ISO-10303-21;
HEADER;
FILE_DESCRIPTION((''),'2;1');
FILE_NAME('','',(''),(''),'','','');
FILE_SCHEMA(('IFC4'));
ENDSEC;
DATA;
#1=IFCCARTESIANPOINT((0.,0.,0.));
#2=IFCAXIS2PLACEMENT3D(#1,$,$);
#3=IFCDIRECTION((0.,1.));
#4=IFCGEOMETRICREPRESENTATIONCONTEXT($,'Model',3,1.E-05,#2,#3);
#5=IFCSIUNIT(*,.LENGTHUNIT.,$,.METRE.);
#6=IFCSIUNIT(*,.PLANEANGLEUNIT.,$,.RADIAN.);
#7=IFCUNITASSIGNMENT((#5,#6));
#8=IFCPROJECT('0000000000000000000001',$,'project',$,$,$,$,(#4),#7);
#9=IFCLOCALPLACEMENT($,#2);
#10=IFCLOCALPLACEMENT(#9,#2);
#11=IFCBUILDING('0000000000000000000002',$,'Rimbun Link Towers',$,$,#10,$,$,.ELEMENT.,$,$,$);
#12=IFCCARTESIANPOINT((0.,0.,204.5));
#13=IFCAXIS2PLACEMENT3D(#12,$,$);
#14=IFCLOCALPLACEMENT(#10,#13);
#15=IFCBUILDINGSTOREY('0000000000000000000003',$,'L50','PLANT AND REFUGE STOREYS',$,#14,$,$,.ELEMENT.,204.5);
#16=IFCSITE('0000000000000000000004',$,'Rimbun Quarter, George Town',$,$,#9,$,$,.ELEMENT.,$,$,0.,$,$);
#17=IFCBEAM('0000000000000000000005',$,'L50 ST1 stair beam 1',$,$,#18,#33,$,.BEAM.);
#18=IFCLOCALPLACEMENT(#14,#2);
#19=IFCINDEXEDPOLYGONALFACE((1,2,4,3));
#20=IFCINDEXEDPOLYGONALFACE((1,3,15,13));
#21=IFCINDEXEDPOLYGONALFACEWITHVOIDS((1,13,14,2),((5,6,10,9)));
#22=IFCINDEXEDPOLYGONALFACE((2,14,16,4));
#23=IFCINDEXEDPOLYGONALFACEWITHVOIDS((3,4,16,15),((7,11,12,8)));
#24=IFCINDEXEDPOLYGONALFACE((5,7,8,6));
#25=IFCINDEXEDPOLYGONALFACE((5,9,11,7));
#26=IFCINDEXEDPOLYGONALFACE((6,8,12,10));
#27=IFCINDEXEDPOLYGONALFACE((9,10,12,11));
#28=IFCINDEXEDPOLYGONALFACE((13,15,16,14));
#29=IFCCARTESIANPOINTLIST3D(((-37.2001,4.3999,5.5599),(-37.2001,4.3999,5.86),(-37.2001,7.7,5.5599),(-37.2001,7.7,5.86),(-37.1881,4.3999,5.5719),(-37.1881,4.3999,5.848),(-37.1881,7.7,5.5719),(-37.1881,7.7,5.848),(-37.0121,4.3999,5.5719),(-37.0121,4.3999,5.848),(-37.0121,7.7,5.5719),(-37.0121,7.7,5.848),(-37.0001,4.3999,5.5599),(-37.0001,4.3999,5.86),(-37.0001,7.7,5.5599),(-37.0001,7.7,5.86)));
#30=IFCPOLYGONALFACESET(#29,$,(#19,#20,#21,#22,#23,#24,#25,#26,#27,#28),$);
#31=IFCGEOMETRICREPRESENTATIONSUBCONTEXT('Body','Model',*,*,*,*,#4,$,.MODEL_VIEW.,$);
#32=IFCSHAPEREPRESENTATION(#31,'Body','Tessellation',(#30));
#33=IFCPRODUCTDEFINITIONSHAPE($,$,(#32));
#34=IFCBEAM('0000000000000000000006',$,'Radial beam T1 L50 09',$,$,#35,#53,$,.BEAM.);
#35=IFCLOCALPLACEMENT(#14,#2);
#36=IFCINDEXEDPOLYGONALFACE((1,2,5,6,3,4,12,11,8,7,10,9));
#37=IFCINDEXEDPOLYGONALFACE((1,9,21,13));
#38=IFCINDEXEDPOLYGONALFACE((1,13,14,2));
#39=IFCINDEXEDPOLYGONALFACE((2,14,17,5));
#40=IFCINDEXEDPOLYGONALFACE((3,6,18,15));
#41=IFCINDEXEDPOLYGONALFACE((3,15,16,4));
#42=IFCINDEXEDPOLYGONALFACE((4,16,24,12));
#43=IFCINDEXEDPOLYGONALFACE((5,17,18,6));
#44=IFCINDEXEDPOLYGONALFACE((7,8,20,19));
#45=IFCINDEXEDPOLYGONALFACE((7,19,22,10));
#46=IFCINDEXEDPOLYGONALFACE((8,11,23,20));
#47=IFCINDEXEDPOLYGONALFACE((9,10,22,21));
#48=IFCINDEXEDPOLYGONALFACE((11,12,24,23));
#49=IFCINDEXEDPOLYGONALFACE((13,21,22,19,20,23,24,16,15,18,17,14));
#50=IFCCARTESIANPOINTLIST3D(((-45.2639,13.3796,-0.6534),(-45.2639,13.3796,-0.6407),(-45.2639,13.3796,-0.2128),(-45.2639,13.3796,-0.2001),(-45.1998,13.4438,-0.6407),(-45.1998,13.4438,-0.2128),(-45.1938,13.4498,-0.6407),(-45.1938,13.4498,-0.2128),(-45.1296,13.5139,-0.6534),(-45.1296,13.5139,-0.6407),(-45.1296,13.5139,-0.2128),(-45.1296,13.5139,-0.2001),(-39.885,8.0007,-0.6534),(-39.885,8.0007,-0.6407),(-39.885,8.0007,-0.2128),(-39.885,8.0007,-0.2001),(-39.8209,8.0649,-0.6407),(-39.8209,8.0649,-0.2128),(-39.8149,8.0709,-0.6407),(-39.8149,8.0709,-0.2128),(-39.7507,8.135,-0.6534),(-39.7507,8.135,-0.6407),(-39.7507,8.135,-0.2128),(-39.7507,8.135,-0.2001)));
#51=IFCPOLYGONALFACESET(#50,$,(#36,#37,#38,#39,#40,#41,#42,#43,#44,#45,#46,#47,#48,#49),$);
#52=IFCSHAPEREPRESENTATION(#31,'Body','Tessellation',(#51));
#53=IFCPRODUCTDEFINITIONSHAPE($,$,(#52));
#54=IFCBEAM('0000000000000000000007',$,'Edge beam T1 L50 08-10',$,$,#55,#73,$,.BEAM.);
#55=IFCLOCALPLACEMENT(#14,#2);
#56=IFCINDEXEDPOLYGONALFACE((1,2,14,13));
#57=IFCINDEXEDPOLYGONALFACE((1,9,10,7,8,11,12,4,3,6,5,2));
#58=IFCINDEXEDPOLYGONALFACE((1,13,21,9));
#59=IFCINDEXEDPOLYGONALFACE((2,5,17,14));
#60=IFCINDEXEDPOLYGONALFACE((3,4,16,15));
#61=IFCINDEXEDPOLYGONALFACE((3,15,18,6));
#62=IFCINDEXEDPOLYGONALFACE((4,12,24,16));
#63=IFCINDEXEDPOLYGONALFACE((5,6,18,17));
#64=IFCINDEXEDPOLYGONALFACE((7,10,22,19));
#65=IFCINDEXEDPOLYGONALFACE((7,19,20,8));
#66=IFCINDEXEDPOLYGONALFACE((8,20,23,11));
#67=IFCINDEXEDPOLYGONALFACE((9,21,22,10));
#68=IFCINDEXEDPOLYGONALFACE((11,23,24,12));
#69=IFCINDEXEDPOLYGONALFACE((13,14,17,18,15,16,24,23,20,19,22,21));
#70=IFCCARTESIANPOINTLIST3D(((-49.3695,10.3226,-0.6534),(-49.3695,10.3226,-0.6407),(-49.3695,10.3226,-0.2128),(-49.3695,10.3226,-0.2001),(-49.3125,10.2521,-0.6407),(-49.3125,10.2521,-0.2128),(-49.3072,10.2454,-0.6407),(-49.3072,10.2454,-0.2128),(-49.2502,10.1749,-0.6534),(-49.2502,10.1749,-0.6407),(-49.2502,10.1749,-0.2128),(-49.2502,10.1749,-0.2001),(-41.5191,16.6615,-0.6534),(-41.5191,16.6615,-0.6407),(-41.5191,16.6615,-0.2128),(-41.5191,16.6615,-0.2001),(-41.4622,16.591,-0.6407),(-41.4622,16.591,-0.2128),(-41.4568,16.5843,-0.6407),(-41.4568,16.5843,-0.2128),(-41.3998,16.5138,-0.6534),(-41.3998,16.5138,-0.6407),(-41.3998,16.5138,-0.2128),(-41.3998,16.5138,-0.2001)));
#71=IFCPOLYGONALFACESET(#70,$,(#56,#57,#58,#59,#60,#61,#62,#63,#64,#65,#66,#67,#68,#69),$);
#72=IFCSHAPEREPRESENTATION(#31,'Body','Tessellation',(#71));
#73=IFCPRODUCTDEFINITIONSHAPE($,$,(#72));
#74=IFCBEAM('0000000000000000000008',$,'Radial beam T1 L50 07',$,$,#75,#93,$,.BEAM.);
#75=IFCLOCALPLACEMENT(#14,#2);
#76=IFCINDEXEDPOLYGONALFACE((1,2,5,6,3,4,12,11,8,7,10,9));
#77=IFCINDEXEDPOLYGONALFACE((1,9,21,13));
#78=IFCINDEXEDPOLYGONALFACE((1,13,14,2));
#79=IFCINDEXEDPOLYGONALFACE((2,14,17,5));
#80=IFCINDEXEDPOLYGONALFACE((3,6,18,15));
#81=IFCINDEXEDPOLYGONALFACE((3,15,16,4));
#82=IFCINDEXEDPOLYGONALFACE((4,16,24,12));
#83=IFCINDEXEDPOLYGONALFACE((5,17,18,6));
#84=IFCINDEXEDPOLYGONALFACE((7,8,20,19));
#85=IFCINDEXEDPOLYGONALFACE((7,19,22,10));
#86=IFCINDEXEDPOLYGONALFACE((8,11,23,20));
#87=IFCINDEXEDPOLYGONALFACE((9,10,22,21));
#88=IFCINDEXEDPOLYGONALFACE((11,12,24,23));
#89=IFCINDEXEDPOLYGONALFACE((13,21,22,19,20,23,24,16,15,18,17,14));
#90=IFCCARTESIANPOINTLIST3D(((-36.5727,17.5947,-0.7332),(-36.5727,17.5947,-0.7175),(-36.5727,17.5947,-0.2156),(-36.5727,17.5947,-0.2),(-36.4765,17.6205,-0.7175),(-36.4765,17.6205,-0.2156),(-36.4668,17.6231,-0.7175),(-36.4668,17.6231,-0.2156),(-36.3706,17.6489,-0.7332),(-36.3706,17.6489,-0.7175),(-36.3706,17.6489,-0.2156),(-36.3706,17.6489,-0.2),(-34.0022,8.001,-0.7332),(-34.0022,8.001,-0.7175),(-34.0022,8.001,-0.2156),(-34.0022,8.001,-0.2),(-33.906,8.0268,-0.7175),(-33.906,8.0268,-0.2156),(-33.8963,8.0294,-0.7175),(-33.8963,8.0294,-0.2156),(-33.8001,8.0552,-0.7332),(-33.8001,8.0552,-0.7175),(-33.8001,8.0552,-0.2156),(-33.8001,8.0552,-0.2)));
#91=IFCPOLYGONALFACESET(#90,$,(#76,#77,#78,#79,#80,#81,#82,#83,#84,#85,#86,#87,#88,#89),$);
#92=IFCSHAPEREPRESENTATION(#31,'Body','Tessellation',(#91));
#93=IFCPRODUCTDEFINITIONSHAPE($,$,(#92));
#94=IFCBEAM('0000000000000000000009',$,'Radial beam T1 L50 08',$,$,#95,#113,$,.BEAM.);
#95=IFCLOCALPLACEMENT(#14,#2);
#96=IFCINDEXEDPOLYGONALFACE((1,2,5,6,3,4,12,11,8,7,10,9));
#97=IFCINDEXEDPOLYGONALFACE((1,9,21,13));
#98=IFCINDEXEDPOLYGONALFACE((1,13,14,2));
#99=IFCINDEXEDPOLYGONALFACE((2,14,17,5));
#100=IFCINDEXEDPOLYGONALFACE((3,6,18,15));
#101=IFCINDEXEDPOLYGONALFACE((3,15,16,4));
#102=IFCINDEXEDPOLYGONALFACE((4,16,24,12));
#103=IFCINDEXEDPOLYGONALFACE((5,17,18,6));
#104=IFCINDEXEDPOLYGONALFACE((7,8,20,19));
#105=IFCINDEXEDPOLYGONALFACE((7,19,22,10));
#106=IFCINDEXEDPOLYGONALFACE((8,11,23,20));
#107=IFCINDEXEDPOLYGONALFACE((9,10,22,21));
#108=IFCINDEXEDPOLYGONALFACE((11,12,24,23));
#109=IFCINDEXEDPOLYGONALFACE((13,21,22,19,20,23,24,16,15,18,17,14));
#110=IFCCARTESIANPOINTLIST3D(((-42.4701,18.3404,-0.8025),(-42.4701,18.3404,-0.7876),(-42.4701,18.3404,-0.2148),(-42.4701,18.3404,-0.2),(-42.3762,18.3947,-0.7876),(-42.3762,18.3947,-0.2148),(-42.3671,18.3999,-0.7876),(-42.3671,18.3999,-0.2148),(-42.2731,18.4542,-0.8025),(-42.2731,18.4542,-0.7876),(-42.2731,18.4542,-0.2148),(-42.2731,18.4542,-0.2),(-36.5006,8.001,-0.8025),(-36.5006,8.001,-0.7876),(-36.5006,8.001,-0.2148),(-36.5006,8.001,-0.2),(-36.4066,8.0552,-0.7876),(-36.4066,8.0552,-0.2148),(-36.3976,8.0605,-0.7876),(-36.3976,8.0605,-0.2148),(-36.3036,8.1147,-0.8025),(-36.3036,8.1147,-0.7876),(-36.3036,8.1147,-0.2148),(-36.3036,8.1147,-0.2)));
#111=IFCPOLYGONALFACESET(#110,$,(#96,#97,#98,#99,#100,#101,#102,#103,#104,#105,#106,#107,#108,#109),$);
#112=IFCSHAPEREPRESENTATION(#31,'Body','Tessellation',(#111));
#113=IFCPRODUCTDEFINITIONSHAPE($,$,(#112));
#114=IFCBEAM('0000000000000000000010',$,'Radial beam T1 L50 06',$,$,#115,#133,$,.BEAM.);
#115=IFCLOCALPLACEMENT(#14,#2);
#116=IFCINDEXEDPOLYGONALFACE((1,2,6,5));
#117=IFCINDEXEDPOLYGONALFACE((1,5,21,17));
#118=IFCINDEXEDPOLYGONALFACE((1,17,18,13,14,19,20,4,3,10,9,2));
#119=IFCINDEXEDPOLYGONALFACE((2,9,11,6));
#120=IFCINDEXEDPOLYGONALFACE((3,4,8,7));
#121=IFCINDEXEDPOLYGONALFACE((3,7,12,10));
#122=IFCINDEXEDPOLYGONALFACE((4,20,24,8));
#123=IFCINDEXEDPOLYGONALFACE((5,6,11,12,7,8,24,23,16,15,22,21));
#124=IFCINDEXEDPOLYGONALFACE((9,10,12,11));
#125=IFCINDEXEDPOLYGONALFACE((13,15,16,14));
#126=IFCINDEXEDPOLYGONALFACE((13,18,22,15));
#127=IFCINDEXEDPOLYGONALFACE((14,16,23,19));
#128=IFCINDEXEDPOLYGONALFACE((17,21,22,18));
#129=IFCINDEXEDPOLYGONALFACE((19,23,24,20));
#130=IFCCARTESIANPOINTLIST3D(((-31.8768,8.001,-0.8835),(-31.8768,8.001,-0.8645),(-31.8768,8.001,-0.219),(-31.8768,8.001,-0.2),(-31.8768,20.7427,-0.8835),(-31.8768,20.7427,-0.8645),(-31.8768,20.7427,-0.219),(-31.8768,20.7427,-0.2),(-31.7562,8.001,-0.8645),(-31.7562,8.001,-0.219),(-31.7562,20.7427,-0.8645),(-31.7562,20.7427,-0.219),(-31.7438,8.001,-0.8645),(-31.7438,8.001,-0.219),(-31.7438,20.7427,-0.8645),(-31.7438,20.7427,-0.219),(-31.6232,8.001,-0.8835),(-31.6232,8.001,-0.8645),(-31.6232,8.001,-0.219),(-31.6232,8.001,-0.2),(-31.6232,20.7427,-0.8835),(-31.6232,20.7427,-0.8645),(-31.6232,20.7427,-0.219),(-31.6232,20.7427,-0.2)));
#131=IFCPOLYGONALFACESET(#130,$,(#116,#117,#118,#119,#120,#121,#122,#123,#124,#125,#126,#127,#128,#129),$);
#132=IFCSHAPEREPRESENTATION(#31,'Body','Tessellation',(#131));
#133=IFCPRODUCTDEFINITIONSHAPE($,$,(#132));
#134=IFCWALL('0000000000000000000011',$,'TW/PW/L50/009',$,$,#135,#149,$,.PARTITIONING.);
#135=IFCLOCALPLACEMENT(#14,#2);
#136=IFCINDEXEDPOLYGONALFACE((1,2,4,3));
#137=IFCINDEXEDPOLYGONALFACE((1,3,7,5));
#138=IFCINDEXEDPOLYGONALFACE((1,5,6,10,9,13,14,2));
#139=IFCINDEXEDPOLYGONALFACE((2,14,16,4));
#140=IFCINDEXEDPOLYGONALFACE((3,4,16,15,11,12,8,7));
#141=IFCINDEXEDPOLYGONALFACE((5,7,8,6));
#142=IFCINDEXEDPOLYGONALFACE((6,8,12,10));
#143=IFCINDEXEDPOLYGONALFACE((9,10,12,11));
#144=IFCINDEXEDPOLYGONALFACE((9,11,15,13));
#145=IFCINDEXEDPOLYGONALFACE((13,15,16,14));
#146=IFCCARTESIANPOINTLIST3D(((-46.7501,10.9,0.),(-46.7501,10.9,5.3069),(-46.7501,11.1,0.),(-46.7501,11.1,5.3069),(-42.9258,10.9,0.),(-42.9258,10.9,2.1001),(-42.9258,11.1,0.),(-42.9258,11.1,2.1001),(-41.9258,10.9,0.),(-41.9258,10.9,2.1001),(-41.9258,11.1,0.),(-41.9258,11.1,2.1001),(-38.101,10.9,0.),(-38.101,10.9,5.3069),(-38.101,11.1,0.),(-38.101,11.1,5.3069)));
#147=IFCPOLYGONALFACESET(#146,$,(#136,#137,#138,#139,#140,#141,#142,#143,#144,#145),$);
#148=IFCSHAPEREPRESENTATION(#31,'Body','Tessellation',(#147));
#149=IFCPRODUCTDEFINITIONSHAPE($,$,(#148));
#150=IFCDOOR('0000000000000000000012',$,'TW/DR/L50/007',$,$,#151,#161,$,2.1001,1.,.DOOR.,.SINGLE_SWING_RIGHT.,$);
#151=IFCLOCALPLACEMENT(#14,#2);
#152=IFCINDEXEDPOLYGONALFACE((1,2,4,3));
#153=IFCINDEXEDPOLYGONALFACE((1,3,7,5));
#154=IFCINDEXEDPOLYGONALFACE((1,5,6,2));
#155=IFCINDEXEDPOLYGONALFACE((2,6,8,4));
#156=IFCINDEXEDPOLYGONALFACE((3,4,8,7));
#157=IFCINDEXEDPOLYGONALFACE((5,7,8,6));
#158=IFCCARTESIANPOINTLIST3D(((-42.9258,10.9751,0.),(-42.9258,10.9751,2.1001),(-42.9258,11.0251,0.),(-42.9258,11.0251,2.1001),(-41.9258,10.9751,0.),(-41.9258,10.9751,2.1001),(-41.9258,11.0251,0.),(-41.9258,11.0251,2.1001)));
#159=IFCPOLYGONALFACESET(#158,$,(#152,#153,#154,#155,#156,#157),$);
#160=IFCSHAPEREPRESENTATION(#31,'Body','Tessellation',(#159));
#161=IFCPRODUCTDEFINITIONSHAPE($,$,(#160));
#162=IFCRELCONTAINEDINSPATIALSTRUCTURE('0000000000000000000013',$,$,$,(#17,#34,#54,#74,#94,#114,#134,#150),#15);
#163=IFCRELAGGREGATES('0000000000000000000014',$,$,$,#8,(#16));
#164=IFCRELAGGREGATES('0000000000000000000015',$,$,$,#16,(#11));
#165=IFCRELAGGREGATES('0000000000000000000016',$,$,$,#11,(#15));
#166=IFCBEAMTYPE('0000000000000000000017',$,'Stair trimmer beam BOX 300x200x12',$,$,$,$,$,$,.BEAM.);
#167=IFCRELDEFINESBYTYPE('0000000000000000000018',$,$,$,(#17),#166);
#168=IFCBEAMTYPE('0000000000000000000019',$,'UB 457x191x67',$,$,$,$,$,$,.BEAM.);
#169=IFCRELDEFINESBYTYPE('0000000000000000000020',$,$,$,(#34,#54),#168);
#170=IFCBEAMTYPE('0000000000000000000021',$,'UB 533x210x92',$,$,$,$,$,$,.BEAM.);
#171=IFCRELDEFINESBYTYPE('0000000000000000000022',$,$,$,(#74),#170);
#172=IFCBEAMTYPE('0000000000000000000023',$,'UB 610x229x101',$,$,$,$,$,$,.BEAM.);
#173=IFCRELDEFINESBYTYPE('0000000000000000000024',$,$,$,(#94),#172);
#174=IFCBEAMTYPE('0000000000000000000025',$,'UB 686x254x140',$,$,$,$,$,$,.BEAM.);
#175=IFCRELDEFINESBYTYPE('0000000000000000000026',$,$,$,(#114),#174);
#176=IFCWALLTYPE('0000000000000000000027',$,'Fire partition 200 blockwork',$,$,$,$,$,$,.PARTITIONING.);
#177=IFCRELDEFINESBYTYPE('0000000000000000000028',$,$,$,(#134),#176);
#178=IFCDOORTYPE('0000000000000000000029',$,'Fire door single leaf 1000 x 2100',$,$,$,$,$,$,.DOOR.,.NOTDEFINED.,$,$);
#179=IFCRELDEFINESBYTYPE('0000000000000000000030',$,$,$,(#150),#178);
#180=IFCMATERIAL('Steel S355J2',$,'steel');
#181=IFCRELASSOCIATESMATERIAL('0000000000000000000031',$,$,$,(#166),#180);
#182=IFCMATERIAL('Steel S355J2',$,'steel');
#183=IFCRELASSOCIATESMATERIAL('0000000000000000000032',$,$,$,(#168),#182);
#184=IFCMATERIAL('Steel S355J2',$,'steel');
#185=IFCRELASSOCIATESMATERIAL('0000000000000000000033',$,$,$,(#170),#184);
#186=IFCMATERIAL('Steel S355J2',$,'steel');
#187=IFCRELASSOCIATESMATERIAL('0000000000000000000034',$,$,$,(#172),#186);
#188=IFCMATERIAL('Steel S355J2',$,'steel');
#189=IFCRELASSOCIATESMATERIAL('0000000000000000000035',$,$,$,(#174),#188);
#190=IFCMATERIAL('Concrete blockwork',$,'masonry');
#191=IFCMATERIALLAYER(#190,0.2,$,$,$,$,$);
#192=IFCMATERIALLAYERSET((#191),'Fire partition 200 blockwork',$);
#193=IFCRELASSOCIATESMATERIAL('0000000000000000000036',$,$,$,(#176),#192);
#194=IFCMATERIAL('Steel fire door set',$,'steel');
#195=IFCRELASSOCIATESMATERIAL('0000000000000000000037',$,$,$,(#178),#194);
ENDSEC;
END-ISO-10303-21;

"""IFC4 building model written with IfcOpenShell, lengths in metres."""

from ifc_helpers import new_model, si_unit, direction, frame, frame_2d, origin, origin_2d, place, context, subcontext, project, spatial, rectangle, hollow_rectangle, i_section, extrude, material, layer, layer_set, material_profile, profile_set, type_object, element, fill, save


model = new_model("IFC4")

# Units and contexts
model_context = context("Model", 3, precision=1e-05, world=origin(), true_north=direction((0.0, 1.0)))
body_context = subcontext(model_context, "Body", "Model", "MODEL_VIEW")
ifc_project = project(units=[si_unit("LENGTHUNIT", "METRE"), si_unit("PLANEANGLEUNIT", "RADIAN")], contexts=[model_context])

# Site, building, storey
site_placement = place(None, origin())
site = spatial("IfcSite", under=ifc_project, at=site_placement, Name="Rimbun Quarter, George Town", CompositionType="ELEMENT", RefElevation=0.0)
building_placement = place(site_placement, origin())
building = spatial("IfcBuilding", under=site, at=building_placement, Name="Rimbun Link Towers", CompositionType="ELEMENT")
storey_placement = place(building_placement, frame((0.0, 0.0, 204.5)))
storey = spatial("IfcBuildingStorey", under=building, at=storey_placement, Name="L50", Description="PLANT AND REFUGE STOREYS", CompositionType="ELEMENT", Elevation=204.5)

# Beams
ifc_material_1 = material(Name="Steel S355J2", Category="steel")
ifc_material_profile_1 = material_profile(ifc_material_1, hollow_rectangle(XDim=0.2, YDim=0.3, WallThickness=0.012, at=origin_2d()), Name="BOX 300x200x12")
ifc_profile_set_1 = profile_set([ifc_material_profile_1], Name="Steel S355J2")
beam_type_1 = type_object("IfcBeamType", Name="Stair trimmer beam BOX 300x200x12", PredefinedType="BEAM", material=ifc_profile_set_1)
beam_1_placement = place(storey_placement, frame((-37.1001, 7.7, 5.71), z_axis=(0.0, -1.0, 0.0), x_axis=(1.0, 0.0, 0.0)))
element("IfcBeam", 1, at=beam_1_placement, inside=storey, type_object=beam_type_1, Name="L50 ST1 stair beam 1", PredefinedType="BEAM", context=body_context, shape_type="SweptSolid", body=[
    extrude(hollow_rectangle(XDim=0.2, YDim=0.3, WallThickness=0.012, at=origin_2d()), origin(), (0.0, 0.0, 1.0), 3.3),
])
ifc_material_2 = material(Name="Steel S355J2", Category="steel")
ifc_material_profile_2 = material_profile(ifc_material_2, i_section(OverallWidth=0.1899, OverallDepth=0.4534, WebThickness=0.0085, FlangeThickness=0.0127, at=origin_2d()), Name="UB 457x191x67")
ifc_profile_set_2 = profile_set([ifc_material_profile_2], Name="Steel S355J2")
beam_type_2 = type_object("IfcBeamType", Name="UB 457x191x67", PredefinedType="BEAM", material=ifc_profile_set_2)
beam_2_placement = place(storey_placement, frame((-39.8179, 8.0679, -0.4268), z_axis=(-0.707107, 0.707107, 0.0), x_axis=(-0.707107, -0.707107, 0.0)))
element("IfcBeam", 2, at=beam_2_placement, inside=storey, type_object=beam_type_2, Name="Radial beam T1 L50 09", PredefinedType="BEAM", context=body_context, shape_type="SweptSolid", body=[
    extrude(i_section(OverallWidth=0.1899, OverallDepth=0.4534, WebThickness=0.0085, FlangeThickness=0.0127, at=origin_2d()), origin(), (0.0, 0.0, 1.0), 7.6069),
])
beam_3_placement = place(storey_placement, frame((-41.4595, 16.5876, -0.4268), z_axis=(-0.778028, -0.62823, 0.0), x_axis=(0.62823, -0.778028, 0.0)))
element("IfcBeam", 3, at=beam_3_placement, inside=storey, type_object=beam_type_2, Name="Edge beam T1 L50 08-10", PredefinedType="BEAM", context=body_context, shape_type="SweptSolid", body=[
    extrude(i_section(OverallWidth=0.1899, OverallDepth=0.4534, WebThickness=0.0085, FlangeThickness=0.0127, at=origin_2d()), origin(), (0.0, 0.0, 1.0), 10.0901),
])
ifc_material_3 = material(Name="Steel S355J2", Category="steel")
ifc_material_profile_3 = material_profile(ifc_material_3, i_section(OverallWidth=0.2092, OverallDepth=0.5332, WebThickness=0.01, FlangeThickness=0.0156, at=origin_2d()), Name="UB 533x210x92")
ifc_profile_set_3 = profile_set([ifc_material_profile_3], Name="Steel S355J2")
beam_type_3 = type_object("IfcBeamType", Name="UB 533x210x92", PredefinedType="BEAM", material=ifc_profile_set_3)
beam_4_placement = place(storey_placement, frame((-33.9011, 8.0281, -0.4666), z_axis=(-0.258811, 0.965928, 0.0), x_axis=(-0.965928, -0.258811, 0.0)))
element("IfcBeam", 4, at=beam_4_placement, inside=storey, type_object=beam_type_3, Name="Radial beam T1 L50 07", PredefinedType="BEAM", context=body_context, shape_type="SweptSolid", body=[
    extrude(i_section(OverallWidth=0.2092, OverallDepth=0.5332, WebThickness=0.01, FlangeThickness=0.0156, at=origin_2d()), origin(), (0.0, 0.0, 1.0), 9.9321),
])
ifc_material_4 = material(Name="Steel S355J2", Category="steel")
ifc_material_profile_4 = material_profile(ifc_material_4, i_section(OverallWidth=0.2275, OverallDepth=0.6025, WebThickness=0.0105, FlangeThickness=0.0149, at=origin_2d()), Name="UB 610x229x101")
ifc_profile_set_4 = profile_set([ifc_material_profile_4], Name="Steel S355J2")
beam_type_4 = type_object("IfcBeamType", Name="UB 610x229x101", PredefinedType="BEAM", material=ifc_profile_set_4)
beam_5_placement = place(storey_placement, frame((-36.4021, 8.0579, -0.5012), z_axis=(-0.500003, 0.866023, 0.0), x_axis=(-0.866023, -0.500003, 0.0)))
element("IfcBeam", 5, at=beam_5_placement, inside=storey, type_object=beam_type_4, Name="Radial beam T1 L50 08", PredefinedType="BEAM", context=body_context, shape_type="SweptSolid", body=[
    extrude(i_section(OverallWidth=0.2275, OverallDepth=0.6025, WebThickness=0.0105, FlangeThickness=0.0149, at=origin_2d()), origin(), (0.0, 0.0, 1.0), 11.939),
])
ifc_material_5 = material(Name="Steel S355J2", Category="steel")
ifc_material_profile_5 = material_profile(ifc_material_5, i_section(OverallWidth=0.2537, OverallDepth=0.6836, WebThickness=0.0125, FlangeThickness=0.019, at=origin_2d()), Name="UB 686x254x140")
ifc_profile_set_5 = profile_set([ifc_material_profile_5], Name="Steel S355J2")
beam_type_5 = type_object("IfcBeamType", Name="UB 686x254x140", PredefinedType="BEAM", material=ifc_profile_set_5)
beam_6_placement = place(storey_placement, frame((-31.75, 8.001, -0.5417), z_axis=(0.0, 1.0, 0.0), x_axis=(-1.0, 0.0, 0.0)))
element("IfcBeam", 6, at=beam_6_placement, inside=storey, type_object=beam_type_5, Name="Radial beam T1 L50 06", PredefinedType="BEAM", context=body_context, shape_type="SweptSolid", body=[
    extrude(i_section(OverallWidth=0.2537, OverallDepth=0.6836, WebThickness=0.0125, FlangeThickness=0.019, at=origin_2d()), origin(), (0.0, 0.0, 1.0), 12.7417),
])

# Wall, opening, door
ifc_material_6 = material(Name="Concrete blockwork", Category="masonry")
ifc_layer_1 = layer(ifc_material_6, 0.2)
ifc_layer_set_1 = layer_set([ifc_layer_1], Name="Fire partition 200 blockwork")
wall_type_1 = type_object("IfcWallType", Name="Fire partition 200 blockwork", PredefinedType="PARTITIONING", material=ifc_layer_set_1)
wall_1_placement = place(storey_placement, frame((-38.1008, 11.0, 0.0), z_axis=(0.0, 0.0, 1.0), x_axis=(-1.0, 0.0, 0.0)))
wall_1 = element("IfcWall", 7, at=wall_1_placement, inside=storey, type_object=wall_type_1, Name="TW/PW/L50/009", PredefinedType="PARTITIONING", context=body_context, shape_type="SweptSolid", body=[
    extrude(rectangle(XDim=8.6492, YDim=0.2, at=frame_2d((4.3247, 0.0))), origin(), (0.0, 0.0, 1.0), 5.3069),
])
opening_1_placement = place(wall_1_placement, frame((3.825, 0.0, 0.0)))
opening_1 = element("IfcOpeningElement", 8, at=opening_1_placement, cuts=wall_1, PredefinedType="OPENING", context=body_context, shape_type="SweptSolid", body=[
    extrude(rectangle(XDim=1.0, YDim=2.1001, at=frame_2d((0.5, 1.05))), frame((0.0, 0.1099, 0.0), z_axis=(0.0, -1.0, 0.0), x_axis=(1.0, 0.0, 0.0)), (0.0, 0.0, 1.0), 0.22),
])
ifc_material_7 = material(Name="Steel fire door set", Category="steel")
door_type_1 = type_object("IfcDoorType", Name="Fire door single leaf 1000 x 2100", OperationType="NOTDEFINED", PredefinedType="DOOR", material=ifc_material_7)
door_1_placement = place(opening_1_placement, origin())
door_1 = element("IfcDoor", 9, at=door_1_placement, inside=storey, type_object=door_type_1, Name="TW/DR/L50/007", OperationType="SINGLE_SWING_RIGHT", OverallHeight=2.1001, OverallWidth=1.0, PredefinedType="DOOR", context=body_context, shape_type="SweptSolid", body=[
    extrude(rectangle(XDim=1.0, YDim=2.1001, at=frame_2d((0.5, 1.05))), frame((0.0, 0.0249, 0.0), z_axis=(0.0, -1.0, 0.0), x_axis=(1.0, 0.0, 0.0)), (0.0, 0.0, 1.0), 0.05),
])
fill(opening_1, door_1)

save(model, "model.ifc")
